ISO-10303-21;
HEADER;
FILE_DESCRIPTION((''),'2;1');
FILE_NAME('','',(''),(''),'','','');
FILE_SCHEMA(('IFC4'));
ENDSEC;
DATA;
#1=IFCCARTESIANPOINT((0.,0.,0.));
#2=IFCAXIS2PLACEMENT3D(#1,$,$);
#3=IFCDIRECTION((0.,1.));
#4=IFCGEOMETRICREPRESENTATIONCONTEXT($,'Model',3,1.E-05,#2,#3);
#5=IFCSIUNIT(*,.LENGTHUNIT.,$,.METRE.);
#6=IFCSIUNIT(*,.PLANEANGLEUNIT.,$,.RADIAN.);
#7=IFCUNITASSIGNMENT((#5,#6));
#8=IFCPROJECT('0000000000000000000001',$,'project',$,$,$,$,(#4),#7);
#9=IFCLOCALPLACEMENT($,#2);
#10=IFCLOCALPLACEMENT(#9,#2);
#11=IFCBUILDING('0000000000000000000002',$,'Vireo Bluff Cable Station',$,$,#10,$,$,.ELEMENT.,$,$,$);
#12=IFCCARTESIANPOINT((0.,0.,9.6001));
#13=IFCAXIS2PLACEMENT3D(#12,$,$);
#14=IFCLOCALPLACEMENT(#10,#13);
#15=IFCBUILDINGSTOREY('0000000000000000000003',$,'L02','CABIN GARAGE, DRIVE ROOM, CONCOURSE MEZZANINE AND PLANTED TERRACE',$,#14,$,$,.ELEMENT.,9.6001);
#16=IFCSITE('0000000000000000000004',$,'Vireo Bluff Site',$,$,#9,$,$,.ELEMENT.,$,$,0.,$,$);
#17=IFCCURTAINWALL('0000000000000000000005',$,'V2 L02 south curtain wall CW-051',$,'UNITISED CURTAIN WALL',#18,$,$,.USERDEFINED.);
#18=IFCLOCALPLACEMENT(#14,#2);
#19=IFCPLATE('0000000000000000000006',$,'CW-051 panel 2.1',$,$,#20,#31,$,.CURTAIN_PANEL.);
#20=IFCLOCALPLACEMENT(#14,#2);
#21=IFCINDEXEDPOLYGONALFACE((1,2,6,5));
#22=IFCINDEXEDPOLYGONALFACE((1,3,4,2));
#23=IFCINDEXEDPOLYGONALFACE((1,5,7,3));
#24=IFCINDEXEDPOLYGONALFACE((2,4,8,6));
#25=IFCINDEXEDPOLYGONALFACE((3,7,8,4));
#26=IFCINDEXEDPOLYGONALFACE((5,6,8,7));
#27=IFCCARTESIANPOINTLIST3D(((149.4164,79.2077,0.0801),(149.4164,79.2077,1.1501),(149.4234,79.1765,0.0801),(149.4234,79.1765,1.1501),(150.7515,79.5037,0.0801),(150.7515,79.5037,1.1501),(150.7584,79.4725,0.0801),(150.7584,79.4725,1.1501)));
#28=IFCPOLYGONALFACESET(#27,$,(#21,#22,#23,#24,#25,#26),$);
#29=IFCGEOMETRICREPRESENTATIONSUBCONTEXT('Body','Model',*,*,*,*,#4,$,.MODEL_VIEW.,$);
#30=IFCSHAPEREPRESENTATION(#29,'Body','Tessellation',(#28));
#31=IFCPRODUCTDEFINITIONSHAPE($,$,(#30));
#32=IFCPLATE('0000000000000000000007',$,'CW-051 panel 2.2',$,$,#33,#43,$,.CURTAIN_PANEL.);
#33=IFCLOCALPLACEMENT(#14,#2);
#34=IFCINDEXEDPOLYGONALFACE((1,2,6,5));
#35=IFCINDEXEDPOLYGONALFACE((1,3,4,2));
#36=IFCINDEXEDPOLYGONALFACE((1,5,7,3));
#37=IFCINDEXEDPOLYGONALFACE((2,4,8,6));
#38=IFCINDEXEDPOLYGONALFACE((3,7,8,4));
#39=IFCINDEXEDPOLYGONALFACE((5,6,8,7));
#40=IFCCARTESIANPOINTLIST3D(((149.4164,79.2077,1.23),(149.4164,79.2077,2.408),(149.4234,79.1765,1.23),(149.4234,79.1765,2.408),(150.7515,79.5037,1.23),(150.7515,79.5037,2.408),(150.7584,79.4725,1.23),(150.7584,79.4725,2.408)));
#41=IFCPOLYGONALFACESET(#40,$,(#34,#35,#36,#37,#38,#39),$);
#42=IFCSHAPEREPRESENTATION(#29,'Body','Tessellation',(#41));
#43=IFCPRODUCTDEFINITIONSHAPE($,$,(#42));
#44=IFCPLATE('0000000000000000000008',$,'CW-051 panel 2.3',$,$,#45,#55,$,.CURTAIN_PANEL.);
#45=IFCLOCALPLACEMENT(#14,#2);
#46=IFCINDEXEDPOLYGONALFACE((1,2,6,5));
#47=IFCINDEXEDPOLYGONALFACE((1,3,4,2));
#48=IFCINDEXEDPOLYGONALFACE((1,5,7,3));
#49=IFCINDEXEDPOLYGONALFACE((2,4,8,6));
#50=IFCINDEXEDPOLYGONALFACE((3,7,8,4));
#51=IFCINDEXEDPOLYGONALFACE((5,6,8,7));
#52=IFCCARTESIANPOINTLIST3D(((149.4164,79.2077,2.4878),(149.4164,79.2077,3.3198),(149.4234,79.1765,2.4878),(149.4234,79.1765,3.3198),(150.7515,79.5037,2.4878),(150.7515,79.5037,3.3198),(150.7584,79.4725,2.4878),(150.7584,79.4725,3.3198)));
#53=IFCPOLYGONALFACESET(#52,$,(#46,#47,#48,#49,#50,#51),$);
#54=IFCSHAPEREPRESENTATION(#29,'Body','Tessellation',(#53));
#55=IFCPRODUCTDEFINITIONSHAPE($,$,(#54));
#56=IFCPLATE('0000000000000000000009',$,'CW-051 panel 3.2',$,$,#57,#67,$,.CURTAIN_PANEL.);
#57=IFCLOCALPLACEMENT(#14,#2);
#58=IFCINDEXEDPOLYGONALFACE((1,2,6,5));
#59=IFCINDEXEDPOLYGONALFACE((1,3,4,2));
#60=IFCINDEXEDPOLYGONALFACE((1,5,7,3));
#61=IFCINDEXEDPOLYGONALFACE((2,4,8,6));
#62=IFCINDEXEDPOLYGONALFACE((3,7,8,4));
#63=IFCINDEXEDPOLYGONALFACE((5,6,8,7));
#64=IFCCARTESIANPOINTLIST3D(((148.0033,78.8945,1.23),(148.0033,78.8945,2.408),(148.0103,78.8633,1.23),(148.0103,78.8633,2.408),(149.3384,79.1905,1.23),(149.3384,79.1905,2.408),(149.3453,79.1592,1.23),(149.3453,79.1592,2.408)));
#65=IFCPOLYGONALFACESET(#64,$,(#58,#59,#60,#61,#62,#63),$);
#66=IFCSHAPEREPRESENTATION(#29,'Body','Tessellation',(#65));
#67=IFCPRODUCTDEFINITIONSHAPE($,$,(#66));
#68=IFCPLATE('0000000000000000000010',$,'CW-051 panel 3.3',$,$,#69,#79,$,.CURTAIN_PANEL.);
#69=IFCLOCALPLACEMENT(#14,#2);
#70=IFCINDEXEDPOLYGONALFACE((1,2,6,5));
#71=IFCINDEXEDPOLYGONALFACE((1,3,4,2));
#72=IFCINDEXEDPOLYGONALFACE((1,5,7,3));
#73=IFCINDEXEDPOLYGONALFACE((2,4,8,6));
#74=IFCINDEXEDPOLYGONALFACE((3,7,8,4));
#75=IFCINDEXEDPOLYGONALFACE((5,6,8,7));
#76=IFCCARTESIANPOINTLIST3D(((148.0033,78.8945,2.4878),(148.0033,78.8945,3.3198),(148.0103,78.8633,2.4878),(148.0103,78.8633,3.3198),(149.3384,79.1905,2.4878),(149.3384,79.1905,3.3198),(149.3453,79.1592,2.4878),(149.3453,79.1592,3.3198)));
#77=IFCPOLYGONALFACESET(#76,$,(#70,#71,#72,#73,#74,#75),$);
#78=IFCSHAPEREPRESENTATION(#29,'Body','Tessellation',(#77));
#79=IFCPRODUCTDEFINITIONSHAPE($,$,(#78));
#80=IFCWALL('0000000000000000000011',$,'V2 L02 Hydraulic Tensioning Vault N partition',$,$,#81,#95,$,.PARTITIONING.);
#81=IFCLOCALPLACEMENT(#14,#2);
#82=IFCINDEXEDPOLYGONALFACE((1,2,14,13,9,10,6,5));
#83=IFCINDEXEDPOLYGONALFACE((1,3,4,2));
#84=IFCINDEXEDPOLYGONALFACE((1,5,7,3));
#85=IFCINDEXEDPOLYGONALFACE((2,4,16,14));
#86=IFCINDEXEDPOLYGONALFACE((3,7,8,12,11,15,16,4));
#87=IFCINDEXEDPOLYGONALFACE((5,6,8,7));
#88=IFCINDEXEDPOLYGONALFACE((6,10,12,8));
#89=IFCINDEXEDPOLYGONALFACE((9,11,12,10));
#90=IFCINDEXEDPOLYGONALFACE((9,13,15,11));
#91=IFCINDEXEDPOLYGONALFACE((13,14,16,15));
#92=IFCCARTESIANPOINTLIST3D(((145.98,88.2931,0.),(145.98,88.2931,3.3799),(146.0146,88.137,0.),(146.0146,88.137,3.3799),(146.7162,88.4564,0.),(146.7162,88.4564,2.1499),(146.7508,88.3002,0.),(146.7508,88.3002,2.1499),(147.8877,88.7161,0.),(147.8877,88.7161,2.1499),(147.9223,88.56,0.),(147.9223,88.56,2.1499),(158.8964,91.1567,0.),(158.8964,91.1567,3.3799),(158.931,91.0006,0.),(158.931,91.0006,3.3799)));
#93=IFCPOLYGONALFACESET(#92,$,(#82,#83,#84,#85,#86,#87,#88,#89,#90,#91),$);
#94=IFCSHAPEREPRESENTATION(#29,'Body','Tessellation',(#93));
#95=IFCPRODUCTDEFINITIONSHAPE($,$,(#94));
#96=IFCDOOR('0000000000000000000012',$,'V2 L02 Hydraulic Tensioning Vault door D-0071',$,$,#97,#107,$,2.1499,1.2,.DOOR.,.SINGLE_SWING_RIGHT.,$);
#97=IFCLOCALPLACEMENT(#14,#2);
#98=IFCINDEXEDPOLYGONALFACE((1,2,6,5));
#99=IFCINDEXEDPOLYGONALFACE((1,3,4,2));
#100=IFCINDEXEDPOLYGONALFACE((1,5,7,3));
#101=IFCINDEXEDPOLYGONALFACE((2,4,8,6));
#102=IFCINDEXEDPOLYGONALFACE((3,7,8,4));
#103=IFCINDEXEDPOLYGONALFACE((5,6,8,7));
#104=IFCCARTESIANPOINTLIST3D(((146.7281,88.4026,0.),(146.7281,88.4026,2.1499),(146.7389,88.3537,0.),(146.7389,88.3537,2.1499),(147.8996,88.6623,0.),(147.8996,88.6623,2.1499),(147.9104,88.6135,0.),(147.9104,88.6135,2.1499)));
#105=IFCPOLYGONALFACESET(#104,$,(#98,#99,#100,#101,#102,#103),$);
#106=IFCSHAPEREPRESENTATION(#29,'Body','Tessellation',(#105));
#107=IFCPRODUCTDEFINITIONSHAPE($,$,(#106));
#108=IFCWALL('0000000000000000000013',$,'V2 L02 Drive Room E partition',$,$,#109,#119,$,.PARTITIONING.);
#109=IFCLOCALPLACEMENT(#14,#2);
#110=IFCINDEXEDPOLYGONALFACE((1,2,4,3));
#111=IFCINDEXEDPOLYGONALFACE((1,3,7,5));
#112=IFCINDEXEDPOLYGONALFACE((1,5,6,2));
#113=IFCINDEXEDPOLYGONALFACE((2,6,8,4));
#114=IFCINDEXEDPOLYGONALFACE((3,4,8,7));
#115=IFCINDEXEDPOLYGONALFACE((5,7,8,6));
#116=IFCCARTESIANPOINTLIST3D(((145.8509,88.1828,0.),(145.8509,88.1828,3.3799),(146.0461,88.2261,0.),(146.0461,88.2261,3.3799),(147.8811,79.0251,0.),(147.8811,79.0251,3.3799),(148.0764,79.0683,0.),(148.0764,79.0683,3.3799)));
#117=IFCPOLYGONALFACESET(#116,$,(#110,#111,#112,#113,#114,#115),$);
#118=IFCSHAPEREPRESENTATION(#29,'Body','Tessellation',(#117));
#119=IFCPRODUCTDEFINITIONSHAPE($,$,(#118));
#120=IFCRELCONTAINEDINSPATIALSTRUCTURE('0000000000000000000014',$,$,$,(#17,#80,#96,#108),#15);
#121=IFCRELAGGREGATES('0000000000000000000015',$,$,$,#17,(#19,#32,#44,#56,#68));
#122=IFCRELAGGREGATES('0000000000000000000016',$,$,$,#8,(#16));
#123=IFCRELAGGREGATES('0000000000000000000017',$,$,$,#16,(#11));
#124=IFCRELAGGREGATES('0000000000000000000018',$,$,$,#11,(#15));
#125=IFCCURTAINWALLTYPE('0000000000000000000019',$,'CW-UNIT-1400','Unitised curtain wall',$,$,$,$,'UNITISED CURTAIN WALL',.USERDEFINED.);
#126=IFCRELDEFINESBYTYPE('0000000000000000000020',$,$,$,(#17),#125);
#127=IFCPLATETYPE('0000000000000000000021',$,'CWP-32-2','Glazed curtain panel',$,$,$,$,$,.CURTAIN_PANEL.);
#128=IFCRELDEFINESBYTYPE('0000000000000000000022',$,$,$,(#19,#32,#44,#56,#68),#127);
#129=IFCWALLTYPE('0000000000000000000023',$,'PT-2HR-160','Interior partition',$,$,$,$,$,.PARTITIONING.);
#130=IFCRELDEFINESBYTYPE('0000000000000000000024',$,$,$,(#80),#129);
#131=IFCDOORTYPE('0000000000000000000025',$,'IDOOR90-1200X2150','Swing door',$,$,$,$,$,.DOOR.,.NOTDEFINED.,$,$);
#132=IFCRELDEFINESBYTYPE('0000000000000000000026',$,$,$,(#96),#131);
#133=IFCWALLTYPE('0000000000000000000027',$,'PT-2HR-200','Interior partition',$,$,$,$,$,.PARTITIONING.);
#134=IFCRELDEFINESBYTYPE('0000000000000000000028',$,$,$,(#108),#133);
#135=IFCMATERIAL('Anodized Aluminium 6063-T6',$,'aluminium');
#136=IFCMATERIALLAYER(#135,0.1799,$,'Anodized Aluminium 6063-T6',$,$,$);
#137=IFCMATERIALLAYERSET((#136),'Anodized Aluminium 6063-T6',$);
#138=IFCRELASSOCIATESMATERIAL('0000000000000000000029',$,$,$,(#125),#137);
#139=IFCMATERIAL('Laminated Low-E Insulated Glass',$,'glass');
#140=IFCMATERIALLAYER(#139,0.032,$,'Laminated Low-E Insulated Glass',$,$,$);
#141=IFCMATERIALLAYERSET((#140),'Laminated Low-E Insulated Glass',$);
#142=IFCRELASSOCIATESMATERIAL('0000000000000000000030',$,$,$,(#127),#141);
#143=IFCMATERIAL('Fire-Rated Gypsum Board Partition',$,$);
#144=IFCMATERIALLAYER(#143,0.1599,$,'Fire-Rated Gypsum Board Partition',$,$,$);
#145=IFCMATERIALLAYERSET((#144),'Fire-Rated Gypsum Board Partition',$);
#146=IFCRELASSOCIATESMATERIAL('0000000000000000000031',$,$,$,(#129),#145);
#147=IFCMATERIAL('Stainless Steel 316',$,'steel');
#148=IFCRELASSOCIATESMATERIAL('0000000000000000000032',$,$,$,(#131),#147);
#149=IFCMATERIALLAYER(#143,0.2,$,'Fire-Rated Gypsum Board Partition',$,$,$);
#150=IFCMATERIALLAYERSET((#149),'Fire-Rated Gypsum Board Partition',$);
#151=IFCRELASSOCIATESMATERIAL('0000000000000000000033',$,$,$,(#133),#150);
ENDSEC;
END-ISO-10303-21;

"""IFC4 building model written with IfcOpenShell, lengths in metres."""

from ifc_helpers import new_model, si_unit, direction, frame, frame_2d, origin, origin_with_axes, origin_2d, place, context, subcontext, project, spatial, rectangle, extrude, material, layer, layer_set, type_object, element, fill, aggregate, save


model = new_model("IFC4")

# Units and contexts
model_context = context("Model", 3, precision=1e-05, world=origin(), true_north=direction((0.0, 1.0)))
body_context = subcontext(model_context, "Body", "Model", "MODEL_VIEW")
ifc_project = project(units=[si_unit("LENGTHUNIT", "METRE"), si_unit("PLANEANGLEUNIT", "RADIAN")], contexts=[model_context])

# Site, building, storey
site_placement = place(None, origin())
site = spatial("IfcSite", under=ifc_project, at=site_placement, Name="Vireo Bluff Site", CompositionType="ELEMENT", RefElevation=0.0)
building_placement = place(site_placement, origin())
building = spatial("IfcBuilding", under=site, at=building_placement, Name="Vireo Bluff Cable Station", CompositionType="ELEMENT")
storey_placement = place(building_placement, frame((0.0, 0.0, 9.6001)))
storey = spatial("IfcBuildingStorey", under=building, at=storey_placement, Name="L02", Description="CABIN GARAGE, DRIVE ROOM, CONCOURSE MEZZANINE AND PLANTED TERRACE", CompositionType="ELEMENT", Elevation=9.6001)

# Curtain wall
ifc_material_1 = material(Name="Anodized Aluminium 6063-T6", Category="aluminium")
ifc_layer_1 = layer(ifc_material_1, 0.1799, Name="Anodized Aluminium 6063-T6")
ifc_layer_set_1 = layer_set([ifc_layer_1], Name="Anodized Aluminium 6063-T6")
curtain_wall_type = type_object("IfcCurtainWallType", Name="CW-UNIT-1400", Description="Unitised curtain wall", ElementType="UNITISED CURTAIN WALL", PredefinedType="USERDEFINED", material=ifc_layer_set_1)
curtain_wall_placement = place(storey_placement, origin())
curtain_wall = element("IfcCurtainWall", 1, at=curtain_wall_placement, inside=storey, type_object=curtain_wall_type, Name="V2 L02 south curtain wall CW-051", ObjectType="UNITISED CURTAIN WALL", PredefinedType="USERDEFINED")

# Plates
ifc_material_2 = material(Name="Laminated Low-E Insulated Glass", Category="glass")
ifc_layer_2 = layer(ifc_material_2, 0.032, Name="Laminated Low-E Insulated Glass")
ifc_layer_set_2 = layer_set([ifc_layer_2], Name="Laminated Low-E Insulated Glass")
plate_type = type_object("IfcPlateType", Name="CWP-32-2", Description="Glazed curtain panel", PredefinedType="CURTAIN_PANEL", material=ifc_layer_set_2)
plate_1_placement = place(storey_placement, frame((150.0874, 79.3401, 0.0801), z_axis=(0.0, 0.0, 1.0), x_axis=(-0.976296, -0.21644, 0.0)))
plate_1 = element("IfcPlate", 2, at=plate_1_placement, type_object=plate_type, Name="CW-051 panel 2.1", PredefinedType="CURTAIN_PANEL", context=body_context, shape_type="SweptSolid", body=[
    extrude(rectangle(XDim=1.3674, YDim=0.032, at=origin_2d()), origin(), (0.0, 0.0, 1.0), 1.0701),
])
plate_2_placement = place(storey_placement, frame((150.0874, 79.3401, 1.23), z_axis=(0.0, 0.0, 1.0), x_axis=(-0.976296, -0.21644, 0.0)))
plate_2 = element("IfcPlate", 3, at=plate_2_placement, type_object=plate_type, Name="CW-051 panel 2.2", PredefinedType="CURTAIN_PANEL", context=body_context, shape_type="SweptSolid", body=[
    extrude(rectangle(XDim=1.3674, YDim=0.032, at=origin_2d()), origin(), (0.0, 0.0, 1.0), 1.178),
])
plate_3_placement = place(storey_placement, frame((150.0874, 79.3401, 2.4878), z_axis=(0.0, 0.0, 1.0), x_axis=(-0.976296, -0.21644, 0.0)))
plate_3 = element("IfcPlate", 4, at=plate_3_placement, type_object=plate_type, Name="CW-051 panel 2.3", PredefinedType="CURTAIN_PANEL", context=body_context, shape_type="SweptSolid", body=[
    extrude(rectangle(XDim=1.3674, YDim=0.032, at=origin_2d()), origin(), (0.0, 0.0, 1.0), 0.832),
])
plate_4_placement = place(storey_placement, frame((148.6743, 79.0269, 1.23), z_axis=(0.0, 0.0, 1.0), x_axis=(-0.976296, -0.21644, 0.0)))
plate_4 = element("IfcPlate", 5, at=plate_4_placement, type_object=plate_type, Name="CW-051 panel 3.2", PredefinedType="CURTAIN_PANEL", context=body_context, shape_type="SweptSolid", body=[
    extrude(rectangle(XDim=1.3674, YDim=0.032, at=origin_2d()), origin(), (0.0, 0.0, 1.0), 1.178),
])
plate_5_placement = place(storey_placement, frame((148.6743, 79.0269, 2.4878), z_axis=(0.0, 0.0, 1.0), x_axis=(-0.976296, -0.21644, 0.0)))
plate_5 = element("IfcPlate", 6, at=plate_5_placement, type_object=plate_type, Name="CW-051 panel 3.3", PredefinedType="CURTAIN_PANEL", context=body_context, shape_type="SweptSolid", body=[
    extrude(rectangle(XDim=1.3674, YDim=0.032, at=origin_2d()), origin(), (0.0, 0.0, 1.0), 0.832),
])
aggregate(curtain_wall, [plate_1, plate_2, plate_3, plate_4, plate_5])

# Wall, opening, door
ifc_material_3 = material(Name="Fire-Rated Gypsum Board Partition")
ifc_layer_3 = layer(ifc_material_3, 0.1599, Name="Fire-Rated Gypsum Board Partition")
ifc_layer_set_3 = layer_set([ifc_layer_3], Name="Fire-Rated Gypsum Board Partition")
wall_type_1 = type_object("IfcWallType", Name="PT-2HR-160", Description="Interior partition", PredefinedType="PARTITIONING", material=ifc_layer_set_3)
wall_1_placement = place(storey_placement, frame((145.9973, 88.2151, 0.0), z_axis=(0.0, 0.0, 1.0), x_axis=(0.976295, 0.216444, 0.0)))
wall_1 = element("IfcWall", 7, at=wall_1_placement, inside=storey, type_object=wall_type_1, Name="V2 L02 Hydraulic Tensioning Vault N partition", PredefinedType="PARTITIONING", context=body_context, shape_type="SweptSolid", body=[
    extrude(rectangle(XDim=13.23, YDim=0.1599, at=frame_2d((6.615, 0.0))), origin(), (0.0, 0.0, 1.0), 3.3799),
])
opening_placement = place(wall_1_placement, frame((0.7539, 0.0, 0.0)))
opening = element("IfcOpeningElement", 8, at=opening_placement, cuts=wall_1, PredefinedType="OPENING", context=body_context, shape_type="SweptSolid", body=[
    extrude(rectangle(XDim=1.2, YDim=2.1499, at=frame_2d((0.6001, 1.075))), frame((0.0, 0.0898, 0.0), z_axis=(0.0, -1.0, 0.0), x_axis=(1.0, 0.0, 0.0)), (0.0, 0.0, 1.0), 0.1799),
])
ifc_material_4 = material(Name="Stainless Steel 316", Category="steel")
door_type = type_object("IfcDoorType", Name="IDOOR90-1200X2150", Description="Swing door", OperationType="NOTDEFINED", PredefinedType="DOOR", material=ifc_material_4)
door_placement = place(opening_placement, origin_with_axes())
door = element("IfcDoor", 9, at=door_placement, inside=storey, type_object=door_type, Name="V2 L02 Hydraulic Tensioning Vault door D-0071", OperationType="SINGLE_SWING_RIGHT", OverallHeight=2.1499, OverallWidth=1.2, PredefinedType="DOOR", context=body_context, shape_type="SweptSolid", body=[
    extrude(rectangle(XDim=1.2, YDim=2.1499, at=frame_2d((0.6001, 1.075))), frame((0.0, 0.0249, 0.0), z_axis=(0.0, -1.0, 0.0), x_axis=(1.0, 0.0, 0.0)), (0.0, 0.0, 1.0), 0.05),
])
fill(opening, door)

# Wall
ifc_layer_4 = layer(ifc_material_3, 0.2, Name="Fire-Rated Gypsum Board Partition")
ifc_layer_set_4 = layer_set([ifc_layer_4], Name="Fire-Rated Gypsum Board Partition")
wall_type_2 = type_object("IfcWallType", Name="PT-2HR-200", Description="Interior partition", PredefinedType="PARTITIONING", material=ifc_layer_set_4)
wall_2_placement = place(storey_placement, frame((145.9485, 88.2043, 0.0), z_axis=(0.0, 0.0, 1.0), x_axis=(0.216445, -0.976295, 0.0)))
element("IfcWall", 10, at=wall_2_placement, inside=storey, type_object=wall_type_2, Name="V2 L02 Drive Room E partition", PredefinedType="PARTITIONING", context=body_context, shape_type="SweptSolid", body=[
    extrude(rectangle(XDim=9.3801, YDim=0.2, at=frame_2d((4.6899, 0.0))), origin(), (0.0, 0.0, 1.0), 3.3799),
])

save(model, "model.ifc")
